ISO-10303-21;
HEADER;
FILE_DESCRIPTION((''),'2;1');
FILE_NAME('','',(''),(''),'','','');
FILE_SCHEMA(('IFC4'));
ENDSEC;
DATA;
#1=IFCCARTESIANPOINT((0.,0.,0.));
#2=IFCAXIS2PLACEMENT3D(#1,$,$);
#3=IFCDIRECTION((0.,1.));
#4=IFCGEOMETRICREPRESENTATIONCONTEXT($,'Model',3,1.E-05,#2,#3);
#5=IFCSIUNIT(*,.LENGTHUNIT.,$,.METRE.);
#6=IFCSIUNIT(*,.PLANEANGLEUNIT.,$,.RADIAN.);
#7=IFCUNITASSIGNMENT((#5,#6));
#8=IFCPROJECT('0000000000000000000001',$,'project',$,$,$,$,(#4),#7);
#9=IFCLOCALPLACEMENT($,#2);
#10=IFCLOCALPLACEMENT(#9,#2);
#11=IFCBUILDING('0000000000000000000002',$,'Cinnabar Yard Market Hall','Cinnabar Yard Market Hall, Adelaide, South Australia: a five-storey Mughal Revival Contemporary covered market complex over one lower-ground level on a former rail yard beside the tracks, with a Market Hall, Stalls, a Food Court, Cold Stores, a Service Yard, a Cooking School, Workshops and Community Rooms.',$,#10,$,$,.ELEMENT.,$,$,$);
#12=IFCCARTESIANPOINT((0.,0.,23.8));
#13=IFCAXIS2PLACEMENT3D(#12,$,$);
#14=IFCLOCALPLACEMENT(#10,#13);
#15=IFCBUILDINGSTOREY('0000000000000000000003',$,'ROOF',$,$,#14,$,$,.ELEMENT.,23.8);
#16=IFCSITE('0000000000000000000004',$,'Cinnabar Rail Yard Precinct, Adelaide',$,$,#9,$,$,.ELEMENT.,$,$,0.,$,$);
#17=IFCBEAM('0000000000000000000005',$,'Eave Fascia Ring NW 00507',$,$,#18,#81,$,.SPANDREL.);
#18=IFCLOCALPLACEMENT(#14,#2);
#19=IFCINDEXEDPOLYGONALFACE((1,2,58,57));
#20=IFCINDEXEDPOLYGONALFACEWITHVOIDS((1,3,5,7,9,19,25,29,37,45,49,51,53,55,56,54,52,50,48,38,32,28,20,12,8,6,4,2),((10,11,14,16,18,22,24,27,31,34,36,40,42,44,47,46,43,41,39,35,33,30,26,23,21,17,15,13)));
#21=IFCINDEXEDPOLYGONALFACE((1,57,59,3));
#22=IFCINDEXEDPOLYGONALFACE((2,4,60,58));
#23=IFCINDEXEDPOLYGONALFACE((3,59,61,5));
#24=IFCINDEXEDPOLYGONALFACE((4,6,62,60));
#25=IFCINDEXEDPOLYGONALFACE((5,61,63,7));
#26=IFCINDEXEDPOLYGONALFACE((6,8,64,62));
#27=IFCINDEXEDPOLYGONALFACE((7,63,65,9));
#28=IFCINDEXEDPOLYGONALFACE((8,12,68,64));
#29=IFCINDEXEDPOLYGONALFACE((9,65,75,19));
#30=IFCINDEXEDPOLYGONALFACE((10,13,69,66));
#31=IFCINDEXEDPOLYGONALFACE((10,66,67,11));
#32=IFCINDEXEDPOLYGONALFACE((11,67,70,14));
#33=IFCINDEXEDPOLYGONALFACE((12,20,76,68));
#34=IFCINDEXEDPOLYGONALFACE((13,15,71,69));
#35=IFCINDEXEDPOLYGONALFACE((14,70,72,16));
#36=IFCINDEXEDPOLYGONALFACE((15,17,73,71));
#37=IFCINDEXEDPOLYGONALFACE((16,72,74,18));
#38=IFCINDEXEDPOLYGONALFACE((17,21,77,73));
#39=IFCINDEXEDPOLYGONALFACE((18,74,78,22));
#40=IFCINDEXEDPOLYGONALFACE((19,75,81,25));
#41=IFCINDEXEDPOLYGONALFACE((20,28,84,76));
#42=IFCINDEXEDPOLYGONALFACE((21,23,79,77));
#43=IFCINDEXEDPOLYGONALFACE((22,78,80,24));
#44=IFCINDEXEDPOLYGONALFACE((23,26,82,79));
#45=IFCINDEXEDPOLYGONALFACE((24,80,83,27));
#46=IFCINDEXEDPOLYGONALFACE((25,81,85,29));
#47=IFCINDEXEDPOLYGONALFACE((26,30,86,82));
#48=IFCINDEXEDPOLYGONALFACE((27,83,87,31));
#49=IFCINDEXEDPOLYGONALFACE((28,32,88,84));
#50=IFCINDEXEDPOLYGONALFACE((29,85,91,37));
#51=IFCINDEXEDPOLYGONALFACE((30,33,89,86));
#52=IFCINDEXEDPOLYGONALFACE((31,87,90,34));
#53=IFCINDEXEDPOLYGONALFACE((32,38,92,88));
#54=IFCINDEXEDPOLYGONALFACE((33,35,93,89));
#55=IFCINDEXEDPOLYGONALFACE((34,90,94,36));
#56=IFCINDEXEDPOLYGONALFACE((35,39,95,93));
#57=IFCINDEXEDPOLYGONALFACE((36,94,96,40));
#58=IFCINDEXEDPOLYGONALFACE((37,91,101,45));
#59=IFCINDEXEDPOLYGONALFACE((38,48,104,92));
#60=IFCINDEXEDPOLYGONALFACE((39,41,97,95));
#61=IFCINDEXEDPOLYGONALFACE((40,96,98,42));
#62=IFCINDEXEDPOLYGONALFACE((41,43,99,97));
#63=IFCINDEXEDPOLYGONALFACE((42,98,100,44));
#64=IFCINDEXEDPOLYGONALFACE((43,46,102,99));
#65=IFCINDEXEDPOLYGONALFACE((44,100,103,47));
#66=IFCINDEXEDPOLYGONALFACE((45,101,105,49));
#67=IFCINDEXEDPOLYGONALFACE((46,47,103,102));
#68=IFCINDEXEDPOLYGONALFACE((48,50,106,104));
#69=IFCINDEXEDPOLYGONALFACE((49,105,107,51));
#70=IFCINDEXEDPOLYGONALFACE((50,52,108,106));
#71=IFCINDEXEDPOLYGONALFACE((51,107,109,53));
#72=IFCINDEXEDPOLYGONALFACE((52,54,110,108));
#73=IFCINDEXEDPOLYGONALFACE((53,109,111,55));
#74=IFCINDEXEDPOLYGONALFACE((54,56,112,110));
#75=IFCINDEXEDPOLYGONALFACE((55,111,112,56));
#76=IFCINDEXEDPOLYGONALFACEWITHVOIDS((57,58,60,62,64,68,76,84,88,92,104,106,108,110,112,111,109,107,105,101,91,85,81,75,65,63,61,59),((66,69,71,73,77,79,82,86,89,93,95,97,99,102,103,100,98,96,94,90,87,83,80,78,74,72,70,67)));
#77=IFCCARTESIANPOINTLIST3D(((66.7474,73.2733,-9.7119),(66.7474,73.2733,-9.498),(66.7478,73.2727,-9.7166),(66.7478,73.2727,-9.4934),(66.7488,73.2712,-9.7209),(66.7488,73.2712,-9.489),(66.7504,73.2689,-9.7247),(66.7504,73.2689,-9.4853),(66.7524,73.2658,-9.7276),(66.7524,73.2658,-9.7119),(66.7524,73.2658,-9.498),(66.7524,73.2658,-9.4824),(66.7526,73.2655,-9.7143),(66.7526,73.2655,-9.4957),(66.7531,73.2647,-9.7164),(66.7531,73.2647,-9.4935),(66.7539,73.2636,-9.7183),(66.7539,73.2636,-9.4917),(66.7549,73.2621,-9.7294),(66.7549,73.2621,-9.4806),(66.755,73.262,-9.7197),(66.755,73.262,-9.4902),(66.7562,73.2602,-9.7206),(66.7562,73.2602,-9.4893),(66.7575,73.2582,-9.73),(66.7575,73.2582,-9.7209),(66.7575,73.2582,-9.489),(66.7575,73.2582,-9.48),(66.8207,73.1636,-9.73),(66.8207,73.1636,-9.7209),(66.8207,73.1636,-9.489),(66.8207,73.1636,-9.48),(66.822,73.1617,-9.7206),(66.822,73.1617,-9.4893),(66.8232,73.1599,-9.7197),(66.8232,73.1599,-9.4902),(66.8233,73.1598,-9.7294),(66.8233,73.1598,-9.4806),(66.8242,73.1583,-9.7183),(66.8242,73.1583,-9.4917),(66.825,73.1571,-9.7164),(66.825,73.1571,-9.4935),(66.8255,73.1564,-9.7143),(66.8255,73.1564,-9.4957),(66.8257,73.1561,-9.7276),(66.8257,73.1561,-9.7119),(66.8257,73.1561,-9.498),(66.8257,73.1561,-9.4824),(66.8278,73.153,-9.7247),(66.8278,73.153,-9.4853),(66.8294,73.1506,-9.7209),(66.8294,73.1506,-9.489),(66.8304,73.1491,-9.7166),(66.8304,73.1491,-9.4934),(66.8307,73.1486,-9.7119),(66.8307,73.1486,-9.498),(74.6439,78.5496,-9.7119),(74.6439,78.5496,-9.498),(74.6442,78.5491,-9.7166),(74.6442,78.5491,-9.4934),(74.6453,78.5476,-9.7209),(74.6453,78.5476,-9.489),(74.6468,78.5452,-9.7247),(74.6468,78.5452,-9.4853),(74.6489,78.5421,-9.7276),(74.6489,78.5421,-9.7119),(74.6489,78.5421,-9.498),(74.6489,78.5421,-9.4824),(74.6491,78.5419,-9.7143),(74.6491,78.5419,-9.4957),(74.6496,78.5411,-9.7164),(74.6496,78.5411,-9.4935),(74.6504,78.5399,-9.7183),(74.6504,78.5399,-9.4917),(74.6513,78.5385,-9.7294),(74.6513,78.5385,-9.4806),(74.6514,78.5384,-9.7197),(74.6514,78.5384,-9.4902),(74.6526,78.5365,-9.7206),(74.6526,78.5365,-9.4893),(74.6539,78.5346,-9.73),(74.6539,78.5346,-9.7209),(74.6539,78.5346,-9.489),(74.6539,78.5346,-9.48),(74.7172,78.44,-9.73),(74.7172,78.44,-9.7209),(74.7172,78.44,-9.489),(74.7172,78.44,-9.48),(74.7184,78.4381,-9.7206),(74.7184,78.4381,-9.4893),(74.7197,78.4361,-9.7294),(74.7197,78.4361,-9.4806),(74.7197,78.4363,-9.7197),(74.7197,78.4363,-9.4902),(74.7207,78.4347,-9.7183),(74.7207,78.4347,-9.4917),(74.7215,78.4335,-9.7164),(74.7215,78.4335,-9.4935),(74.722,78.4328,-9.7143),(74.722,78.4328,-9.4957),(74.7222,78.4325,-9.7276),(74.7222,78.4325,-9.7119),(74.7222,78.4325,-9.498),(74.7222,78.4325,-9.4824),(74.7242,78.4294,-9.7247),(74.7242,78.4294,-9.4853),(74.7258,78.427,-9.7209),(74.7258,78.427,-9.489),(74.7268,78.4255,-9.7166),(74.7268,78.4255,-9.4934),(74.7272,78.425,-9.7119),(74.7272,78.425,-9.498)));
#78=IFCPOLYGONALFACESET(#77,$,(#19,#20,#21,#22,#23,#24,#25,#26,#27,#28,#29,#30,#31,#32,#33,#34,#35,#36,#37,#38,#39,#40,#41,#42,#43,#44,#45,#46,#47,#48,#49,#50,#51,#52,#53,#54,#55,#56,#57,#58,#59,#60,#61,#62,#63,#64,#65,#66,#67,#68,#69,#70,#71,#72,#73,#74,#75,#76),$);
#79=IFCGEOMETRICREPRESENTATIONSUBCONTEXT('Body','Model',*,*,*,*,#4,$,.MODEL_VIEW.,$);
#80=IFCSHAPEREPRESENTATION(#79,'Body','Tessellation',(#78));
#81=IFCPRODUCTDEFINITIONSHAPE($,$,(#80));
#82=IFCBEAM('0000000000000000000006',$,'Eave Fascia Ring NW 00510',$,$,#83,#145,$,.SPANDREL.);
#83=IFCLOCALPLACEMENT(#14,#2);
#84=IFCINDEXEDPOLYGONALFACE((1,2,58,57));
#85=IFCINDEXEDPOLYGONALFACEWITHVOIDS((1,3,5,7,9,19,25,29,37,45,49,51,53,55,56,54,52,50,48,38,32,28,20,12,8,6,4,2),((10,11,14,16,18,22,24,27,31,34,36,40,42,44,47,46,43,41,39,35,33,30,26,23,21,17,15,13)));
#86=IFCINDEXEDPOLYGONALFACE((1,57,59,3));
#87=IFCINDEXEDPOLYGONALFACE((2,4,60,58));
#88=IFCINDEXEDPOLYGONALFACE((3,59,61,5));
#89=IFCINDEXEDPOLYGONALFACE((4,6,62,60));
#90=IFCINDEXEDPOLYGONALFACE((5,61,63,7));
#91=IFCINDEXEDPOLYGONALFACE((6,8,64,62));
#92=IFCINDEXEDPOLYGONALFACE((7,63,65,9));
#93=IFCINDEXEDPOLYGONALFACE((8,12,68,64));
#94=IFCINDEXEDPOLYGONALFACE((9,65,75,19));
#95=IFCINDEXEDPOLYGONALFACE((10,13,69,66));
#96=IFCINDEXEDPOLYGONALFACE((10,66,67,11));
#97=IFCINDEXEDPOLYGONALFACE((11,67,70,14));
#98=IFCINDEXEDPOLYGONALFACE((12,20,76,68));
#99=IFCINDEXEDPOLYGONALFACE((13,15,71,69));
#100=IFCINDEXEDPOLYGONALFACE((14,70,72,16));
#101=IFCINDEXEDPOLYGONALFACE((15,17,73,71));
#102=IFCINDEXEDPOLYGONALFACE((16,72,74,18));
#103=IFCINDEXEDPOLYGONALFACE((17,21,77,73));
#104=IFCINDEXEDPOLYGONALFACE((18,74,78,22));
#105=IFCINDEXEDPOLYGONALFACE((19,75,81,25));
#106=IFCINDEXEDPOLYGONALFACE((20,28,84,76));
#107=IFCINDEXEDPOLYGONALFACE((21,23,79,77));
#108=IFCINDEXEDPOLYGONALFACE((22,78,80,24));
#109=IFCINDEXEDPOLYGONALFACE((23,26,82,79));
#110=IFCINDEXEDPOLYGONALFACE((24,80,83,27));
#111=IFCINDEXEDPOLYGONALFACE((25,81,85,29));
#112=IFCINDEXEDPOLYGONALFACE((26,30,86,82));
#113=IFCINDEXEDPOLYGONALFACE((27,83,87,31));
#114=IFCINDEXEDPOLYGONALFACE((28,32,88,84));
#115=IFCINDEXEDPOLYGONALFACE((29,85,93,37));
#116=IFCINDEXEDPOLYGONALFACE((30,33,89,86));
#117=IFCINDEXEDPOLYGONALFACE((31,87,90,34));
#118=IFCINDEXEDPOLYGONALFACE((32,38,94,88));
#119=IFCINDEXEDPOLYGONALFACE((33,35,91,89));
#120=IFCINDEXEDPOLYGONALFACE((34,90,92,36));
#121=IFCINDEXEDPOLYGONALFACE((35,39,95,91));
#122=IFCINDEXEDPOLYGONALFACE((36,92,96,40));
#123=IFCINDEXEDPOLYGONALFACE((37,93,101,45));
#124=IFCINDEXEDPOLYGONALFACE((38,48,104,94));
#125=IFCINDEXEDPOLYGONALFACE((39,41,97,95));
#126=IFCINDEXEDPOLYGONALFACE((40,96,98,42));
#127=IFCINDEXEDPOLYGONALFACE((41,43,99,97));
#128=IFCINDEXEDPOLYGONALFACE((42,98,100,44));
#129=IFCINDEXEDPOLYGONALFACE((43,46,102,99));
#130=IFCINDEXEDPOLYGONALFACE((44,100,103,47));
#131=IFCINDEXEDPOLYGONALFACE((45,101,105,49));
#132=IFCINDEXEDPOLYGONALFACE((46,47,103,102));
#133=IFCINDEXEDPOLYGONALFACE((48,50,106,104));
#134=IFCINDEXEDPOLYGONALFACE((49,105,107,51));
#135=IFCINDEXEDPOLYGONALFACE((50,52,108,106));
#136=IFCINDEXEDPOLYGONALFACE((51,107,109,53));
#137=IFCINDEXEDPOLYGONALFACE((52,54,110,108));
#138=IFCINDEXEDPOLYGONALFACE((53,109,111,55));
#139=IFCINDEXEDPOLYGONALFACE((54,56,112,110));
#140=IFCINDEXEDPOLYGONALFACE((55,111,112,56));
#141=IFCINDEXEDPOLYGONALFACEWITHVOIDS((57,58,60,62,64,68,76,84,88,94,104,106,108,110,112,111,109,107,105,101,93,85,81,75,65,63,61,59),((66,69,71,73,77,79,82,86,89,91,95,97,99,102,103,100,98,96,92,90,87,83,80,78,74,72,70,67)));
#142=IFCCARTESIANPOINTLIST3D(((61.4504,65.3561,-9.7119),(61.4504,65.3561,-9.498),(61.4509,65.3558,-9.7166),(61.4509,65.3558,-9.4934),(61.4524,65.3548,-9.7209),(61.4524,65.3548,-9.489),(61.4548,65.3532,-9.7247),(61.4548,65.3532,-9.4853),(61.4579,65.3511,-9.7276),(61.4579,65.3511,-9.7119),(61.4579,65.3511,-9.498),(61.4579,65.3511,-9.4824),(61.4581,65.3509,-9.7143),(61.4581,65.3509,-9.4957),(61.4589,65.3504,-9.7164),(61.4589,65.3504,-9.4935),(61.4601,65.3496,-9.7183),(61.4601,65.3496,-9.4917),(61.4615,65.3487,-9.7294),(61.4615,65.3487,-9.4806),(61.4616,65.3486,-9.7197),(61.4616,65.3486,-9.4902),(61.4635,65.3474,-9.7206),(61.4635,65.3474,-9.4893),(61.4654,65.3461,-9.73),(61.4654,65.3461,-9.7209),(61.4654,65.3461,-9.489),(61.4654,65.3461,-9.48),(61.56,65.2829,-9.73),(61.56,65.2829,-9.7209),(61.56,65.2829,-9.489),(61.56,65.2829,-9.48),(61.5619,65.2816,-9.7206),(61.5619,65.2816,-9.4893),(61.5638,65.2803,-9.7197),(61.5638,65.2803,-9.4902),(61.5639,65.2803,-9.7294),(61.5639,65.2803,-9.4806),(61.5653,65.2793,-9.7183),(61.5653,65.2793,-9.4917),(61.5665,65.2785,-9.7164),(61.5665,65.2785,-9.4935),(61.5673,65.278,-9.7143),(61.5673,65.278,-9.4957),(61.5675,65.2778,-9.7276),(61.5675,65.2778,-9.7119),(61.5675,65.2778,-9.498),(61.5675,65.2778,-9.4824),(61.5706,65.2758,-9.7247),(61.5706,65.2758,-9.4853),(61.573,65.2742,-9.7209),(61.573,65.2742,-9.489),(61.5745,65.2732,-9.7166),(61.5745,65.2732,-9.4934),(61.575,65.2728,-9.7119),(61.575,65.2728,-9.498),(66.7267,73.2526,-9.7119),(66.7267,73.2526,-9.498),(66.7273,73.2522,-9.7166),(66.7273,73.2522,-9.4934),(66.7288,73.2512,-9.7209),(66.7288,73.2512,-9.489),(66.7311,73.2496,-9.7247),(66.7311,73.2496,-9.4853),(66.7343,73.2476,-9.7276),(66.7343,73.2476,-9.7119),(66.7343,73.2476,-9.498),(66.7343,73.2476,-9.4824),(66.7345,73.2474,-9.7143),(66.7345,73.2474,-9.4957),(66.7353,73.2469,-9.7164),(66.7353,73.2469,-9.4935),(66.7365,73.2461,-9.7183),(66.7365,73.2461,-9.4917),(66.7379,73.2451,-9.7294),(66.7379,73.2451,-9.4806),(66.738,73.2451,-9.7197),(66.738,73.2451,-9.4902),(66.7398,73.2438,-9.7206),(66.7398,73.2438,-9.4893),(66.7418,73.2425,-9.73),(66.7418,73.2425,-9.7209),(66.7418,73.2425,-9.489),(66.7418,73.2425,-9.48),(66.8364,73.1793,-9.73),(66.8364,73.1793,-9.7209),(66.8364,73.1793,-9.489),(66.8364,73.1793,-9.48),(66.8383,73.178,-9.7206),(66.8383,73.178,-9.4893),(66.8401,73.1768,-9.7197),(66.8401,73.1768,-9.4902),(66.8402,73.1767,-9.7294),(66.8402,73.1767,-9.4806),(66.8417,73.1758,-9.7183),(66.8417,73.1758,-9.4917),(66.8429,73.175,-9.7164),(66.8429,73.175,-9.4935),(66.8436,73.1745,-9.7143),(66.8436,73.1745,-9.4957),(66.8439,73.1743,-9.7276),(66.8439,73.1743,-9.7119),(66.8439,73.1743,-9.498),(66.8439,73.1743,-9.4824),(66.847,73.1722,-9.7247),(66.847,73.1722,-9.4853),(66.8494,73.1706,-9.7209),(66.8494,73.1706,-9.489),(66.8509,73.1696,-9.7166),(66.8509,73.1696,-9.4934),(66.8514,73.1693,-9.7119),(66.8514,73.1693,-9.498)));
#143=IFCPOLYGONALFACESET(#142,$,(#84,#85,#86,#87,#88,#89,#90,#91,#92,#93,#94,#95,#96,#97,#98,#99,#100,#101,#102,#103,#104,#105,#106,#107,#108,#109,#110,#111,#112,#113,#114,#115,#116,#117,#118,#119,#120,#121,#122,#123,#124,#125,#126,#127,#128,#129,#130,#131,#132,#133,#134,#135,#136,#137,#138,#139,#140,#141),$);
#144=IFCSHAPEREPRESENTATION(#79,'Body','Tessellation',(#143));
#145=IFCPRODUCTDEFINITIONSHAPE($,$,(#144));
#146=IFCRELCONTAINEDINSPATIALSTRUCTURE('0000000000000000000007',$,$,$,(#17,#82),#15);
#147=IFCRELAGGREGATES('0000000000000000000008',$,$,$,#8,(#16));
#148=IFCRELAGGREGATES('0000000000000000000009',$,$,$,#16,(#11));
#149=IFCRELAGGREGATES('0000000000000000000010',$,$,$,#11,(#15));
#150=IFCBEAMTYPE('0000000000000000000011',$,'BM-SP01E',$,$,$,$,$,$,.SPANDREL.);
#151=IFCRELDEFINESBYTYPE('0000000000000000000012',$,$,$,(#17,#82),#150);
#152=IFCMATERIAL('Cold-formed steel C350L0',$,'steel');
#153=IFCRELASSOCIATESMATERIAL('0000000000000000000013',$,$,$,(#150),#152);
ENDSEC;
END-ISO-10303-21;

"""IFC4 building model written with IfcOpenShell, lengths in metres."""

from ifc_helpers import new_model, si_unit, direction, frame, origin, origin_2d_with_axis, place, context, subcontext, project, spatial, hollow_rectangle, extrude, material, material_profile, profile_set, type_object, element, save


model = new_model("IFC4")

# Units and contexts
model_context = context("Model", 3, precision=1e-05, world=origin(), true_north=direction((0.0, 1.0)))
body_context = subcontext(model_context, "Body", "Model", "MODEL_VIEW")
ifc_project = project(units=[si_unit("LENGTHUNIT", "METRE"), si_unit("PLANEANGLEUNIT", "RADIAN")], contexts=[model_context])

# Site, building, storey
site_placement = place(None, origin())
site = spatial("IfcSite", under=ifc_project, at=site_placement, Name="Cinnabar Rail Yard Precinct, Adelaide", CompositionType="ELEMENT", RefElevation=0.0)
building_placement = place(site_placement, origin())
building = spatial("IfcBuilding", under=site, at=building_placement, Name="Cinnabar Yard Market Hall", Description="Cinnabar Yard Market Hall, Adelaide, South Australia: a five-storey Mughal Revival Contemporary covered market complex over one lower-ground level on a former rail yard beside the tracks, with a Market Hall, Stalls, a Food Court, Cold Stores, a Service Yard, a Cooking School, Workshops and Community Rooms.", CompositionType="ELEMENT")
storey_placement = place(building_placement, frame((0.0, 0.0, 23.8)))
storey = spatial("IfcBuildingStorey", under=building, at=storey_placement, Name="ROOF", CompositionType="ELEMENT", Elevation=23.8)

# Beams
ifc_material_1 = material(Name="Cold-formed steel C350L0", Category="steel")
ifc_material_profile_1 = material_profile(ifc_material_1, hollow_rectangle(XDim=0.1499, YDim=0.25, WallThickness=0.009, InnerFilletRadius=0.009, OuterFilletRadius=0.0181, at=origin_2d_with_axis()), Name="250x150x9.0RHS")
ifc_profile_set_1 = profile_set([ifc_material_profile_1], Name="Cold-formed steel C350L0")
beam_type_1 = type_object("IfcBeamType", Name="BM-SP01E", PredefinedType="SPANDREL", material=ifc_profile_set_1)
for number, where, z_axis, x_axis, name in (
    (1, (74.6855, 78.4873, -9.605), (-0.831465, -0.555578, 0.0), (0.555578, -0.831465, 0.0), "Eave Fascia Ring NW 00507"),
    (2, (66.7891, 73.2109, -9.605), (-0.555578, -0.831465, 0.0), (0.831465, -0.555578, 0.0), "Eave Fascia Ring NW 00510"),
):
    element("IfcBeam", number, at=place(storey_placement, frame(where, z_axis=z_axis, x_axis=x_axis)), inside=storey, type_object=beam_type_1, Name=name, PredefinedType="SPANDREL", context=body_context, shape_type="SweptSolid", body=[
        extrude(hollow_rectangle(XDim=0.1499, YDim=0.25, WallThickness=0.009, InnerFilletRadius=0.009, OuterFilletRadius=0.0181, at=origin_2d_with_axis()), origin(), (0.0, 0.0, 1.0), 9.4971),
    ])

save(model, "model.ifc")
